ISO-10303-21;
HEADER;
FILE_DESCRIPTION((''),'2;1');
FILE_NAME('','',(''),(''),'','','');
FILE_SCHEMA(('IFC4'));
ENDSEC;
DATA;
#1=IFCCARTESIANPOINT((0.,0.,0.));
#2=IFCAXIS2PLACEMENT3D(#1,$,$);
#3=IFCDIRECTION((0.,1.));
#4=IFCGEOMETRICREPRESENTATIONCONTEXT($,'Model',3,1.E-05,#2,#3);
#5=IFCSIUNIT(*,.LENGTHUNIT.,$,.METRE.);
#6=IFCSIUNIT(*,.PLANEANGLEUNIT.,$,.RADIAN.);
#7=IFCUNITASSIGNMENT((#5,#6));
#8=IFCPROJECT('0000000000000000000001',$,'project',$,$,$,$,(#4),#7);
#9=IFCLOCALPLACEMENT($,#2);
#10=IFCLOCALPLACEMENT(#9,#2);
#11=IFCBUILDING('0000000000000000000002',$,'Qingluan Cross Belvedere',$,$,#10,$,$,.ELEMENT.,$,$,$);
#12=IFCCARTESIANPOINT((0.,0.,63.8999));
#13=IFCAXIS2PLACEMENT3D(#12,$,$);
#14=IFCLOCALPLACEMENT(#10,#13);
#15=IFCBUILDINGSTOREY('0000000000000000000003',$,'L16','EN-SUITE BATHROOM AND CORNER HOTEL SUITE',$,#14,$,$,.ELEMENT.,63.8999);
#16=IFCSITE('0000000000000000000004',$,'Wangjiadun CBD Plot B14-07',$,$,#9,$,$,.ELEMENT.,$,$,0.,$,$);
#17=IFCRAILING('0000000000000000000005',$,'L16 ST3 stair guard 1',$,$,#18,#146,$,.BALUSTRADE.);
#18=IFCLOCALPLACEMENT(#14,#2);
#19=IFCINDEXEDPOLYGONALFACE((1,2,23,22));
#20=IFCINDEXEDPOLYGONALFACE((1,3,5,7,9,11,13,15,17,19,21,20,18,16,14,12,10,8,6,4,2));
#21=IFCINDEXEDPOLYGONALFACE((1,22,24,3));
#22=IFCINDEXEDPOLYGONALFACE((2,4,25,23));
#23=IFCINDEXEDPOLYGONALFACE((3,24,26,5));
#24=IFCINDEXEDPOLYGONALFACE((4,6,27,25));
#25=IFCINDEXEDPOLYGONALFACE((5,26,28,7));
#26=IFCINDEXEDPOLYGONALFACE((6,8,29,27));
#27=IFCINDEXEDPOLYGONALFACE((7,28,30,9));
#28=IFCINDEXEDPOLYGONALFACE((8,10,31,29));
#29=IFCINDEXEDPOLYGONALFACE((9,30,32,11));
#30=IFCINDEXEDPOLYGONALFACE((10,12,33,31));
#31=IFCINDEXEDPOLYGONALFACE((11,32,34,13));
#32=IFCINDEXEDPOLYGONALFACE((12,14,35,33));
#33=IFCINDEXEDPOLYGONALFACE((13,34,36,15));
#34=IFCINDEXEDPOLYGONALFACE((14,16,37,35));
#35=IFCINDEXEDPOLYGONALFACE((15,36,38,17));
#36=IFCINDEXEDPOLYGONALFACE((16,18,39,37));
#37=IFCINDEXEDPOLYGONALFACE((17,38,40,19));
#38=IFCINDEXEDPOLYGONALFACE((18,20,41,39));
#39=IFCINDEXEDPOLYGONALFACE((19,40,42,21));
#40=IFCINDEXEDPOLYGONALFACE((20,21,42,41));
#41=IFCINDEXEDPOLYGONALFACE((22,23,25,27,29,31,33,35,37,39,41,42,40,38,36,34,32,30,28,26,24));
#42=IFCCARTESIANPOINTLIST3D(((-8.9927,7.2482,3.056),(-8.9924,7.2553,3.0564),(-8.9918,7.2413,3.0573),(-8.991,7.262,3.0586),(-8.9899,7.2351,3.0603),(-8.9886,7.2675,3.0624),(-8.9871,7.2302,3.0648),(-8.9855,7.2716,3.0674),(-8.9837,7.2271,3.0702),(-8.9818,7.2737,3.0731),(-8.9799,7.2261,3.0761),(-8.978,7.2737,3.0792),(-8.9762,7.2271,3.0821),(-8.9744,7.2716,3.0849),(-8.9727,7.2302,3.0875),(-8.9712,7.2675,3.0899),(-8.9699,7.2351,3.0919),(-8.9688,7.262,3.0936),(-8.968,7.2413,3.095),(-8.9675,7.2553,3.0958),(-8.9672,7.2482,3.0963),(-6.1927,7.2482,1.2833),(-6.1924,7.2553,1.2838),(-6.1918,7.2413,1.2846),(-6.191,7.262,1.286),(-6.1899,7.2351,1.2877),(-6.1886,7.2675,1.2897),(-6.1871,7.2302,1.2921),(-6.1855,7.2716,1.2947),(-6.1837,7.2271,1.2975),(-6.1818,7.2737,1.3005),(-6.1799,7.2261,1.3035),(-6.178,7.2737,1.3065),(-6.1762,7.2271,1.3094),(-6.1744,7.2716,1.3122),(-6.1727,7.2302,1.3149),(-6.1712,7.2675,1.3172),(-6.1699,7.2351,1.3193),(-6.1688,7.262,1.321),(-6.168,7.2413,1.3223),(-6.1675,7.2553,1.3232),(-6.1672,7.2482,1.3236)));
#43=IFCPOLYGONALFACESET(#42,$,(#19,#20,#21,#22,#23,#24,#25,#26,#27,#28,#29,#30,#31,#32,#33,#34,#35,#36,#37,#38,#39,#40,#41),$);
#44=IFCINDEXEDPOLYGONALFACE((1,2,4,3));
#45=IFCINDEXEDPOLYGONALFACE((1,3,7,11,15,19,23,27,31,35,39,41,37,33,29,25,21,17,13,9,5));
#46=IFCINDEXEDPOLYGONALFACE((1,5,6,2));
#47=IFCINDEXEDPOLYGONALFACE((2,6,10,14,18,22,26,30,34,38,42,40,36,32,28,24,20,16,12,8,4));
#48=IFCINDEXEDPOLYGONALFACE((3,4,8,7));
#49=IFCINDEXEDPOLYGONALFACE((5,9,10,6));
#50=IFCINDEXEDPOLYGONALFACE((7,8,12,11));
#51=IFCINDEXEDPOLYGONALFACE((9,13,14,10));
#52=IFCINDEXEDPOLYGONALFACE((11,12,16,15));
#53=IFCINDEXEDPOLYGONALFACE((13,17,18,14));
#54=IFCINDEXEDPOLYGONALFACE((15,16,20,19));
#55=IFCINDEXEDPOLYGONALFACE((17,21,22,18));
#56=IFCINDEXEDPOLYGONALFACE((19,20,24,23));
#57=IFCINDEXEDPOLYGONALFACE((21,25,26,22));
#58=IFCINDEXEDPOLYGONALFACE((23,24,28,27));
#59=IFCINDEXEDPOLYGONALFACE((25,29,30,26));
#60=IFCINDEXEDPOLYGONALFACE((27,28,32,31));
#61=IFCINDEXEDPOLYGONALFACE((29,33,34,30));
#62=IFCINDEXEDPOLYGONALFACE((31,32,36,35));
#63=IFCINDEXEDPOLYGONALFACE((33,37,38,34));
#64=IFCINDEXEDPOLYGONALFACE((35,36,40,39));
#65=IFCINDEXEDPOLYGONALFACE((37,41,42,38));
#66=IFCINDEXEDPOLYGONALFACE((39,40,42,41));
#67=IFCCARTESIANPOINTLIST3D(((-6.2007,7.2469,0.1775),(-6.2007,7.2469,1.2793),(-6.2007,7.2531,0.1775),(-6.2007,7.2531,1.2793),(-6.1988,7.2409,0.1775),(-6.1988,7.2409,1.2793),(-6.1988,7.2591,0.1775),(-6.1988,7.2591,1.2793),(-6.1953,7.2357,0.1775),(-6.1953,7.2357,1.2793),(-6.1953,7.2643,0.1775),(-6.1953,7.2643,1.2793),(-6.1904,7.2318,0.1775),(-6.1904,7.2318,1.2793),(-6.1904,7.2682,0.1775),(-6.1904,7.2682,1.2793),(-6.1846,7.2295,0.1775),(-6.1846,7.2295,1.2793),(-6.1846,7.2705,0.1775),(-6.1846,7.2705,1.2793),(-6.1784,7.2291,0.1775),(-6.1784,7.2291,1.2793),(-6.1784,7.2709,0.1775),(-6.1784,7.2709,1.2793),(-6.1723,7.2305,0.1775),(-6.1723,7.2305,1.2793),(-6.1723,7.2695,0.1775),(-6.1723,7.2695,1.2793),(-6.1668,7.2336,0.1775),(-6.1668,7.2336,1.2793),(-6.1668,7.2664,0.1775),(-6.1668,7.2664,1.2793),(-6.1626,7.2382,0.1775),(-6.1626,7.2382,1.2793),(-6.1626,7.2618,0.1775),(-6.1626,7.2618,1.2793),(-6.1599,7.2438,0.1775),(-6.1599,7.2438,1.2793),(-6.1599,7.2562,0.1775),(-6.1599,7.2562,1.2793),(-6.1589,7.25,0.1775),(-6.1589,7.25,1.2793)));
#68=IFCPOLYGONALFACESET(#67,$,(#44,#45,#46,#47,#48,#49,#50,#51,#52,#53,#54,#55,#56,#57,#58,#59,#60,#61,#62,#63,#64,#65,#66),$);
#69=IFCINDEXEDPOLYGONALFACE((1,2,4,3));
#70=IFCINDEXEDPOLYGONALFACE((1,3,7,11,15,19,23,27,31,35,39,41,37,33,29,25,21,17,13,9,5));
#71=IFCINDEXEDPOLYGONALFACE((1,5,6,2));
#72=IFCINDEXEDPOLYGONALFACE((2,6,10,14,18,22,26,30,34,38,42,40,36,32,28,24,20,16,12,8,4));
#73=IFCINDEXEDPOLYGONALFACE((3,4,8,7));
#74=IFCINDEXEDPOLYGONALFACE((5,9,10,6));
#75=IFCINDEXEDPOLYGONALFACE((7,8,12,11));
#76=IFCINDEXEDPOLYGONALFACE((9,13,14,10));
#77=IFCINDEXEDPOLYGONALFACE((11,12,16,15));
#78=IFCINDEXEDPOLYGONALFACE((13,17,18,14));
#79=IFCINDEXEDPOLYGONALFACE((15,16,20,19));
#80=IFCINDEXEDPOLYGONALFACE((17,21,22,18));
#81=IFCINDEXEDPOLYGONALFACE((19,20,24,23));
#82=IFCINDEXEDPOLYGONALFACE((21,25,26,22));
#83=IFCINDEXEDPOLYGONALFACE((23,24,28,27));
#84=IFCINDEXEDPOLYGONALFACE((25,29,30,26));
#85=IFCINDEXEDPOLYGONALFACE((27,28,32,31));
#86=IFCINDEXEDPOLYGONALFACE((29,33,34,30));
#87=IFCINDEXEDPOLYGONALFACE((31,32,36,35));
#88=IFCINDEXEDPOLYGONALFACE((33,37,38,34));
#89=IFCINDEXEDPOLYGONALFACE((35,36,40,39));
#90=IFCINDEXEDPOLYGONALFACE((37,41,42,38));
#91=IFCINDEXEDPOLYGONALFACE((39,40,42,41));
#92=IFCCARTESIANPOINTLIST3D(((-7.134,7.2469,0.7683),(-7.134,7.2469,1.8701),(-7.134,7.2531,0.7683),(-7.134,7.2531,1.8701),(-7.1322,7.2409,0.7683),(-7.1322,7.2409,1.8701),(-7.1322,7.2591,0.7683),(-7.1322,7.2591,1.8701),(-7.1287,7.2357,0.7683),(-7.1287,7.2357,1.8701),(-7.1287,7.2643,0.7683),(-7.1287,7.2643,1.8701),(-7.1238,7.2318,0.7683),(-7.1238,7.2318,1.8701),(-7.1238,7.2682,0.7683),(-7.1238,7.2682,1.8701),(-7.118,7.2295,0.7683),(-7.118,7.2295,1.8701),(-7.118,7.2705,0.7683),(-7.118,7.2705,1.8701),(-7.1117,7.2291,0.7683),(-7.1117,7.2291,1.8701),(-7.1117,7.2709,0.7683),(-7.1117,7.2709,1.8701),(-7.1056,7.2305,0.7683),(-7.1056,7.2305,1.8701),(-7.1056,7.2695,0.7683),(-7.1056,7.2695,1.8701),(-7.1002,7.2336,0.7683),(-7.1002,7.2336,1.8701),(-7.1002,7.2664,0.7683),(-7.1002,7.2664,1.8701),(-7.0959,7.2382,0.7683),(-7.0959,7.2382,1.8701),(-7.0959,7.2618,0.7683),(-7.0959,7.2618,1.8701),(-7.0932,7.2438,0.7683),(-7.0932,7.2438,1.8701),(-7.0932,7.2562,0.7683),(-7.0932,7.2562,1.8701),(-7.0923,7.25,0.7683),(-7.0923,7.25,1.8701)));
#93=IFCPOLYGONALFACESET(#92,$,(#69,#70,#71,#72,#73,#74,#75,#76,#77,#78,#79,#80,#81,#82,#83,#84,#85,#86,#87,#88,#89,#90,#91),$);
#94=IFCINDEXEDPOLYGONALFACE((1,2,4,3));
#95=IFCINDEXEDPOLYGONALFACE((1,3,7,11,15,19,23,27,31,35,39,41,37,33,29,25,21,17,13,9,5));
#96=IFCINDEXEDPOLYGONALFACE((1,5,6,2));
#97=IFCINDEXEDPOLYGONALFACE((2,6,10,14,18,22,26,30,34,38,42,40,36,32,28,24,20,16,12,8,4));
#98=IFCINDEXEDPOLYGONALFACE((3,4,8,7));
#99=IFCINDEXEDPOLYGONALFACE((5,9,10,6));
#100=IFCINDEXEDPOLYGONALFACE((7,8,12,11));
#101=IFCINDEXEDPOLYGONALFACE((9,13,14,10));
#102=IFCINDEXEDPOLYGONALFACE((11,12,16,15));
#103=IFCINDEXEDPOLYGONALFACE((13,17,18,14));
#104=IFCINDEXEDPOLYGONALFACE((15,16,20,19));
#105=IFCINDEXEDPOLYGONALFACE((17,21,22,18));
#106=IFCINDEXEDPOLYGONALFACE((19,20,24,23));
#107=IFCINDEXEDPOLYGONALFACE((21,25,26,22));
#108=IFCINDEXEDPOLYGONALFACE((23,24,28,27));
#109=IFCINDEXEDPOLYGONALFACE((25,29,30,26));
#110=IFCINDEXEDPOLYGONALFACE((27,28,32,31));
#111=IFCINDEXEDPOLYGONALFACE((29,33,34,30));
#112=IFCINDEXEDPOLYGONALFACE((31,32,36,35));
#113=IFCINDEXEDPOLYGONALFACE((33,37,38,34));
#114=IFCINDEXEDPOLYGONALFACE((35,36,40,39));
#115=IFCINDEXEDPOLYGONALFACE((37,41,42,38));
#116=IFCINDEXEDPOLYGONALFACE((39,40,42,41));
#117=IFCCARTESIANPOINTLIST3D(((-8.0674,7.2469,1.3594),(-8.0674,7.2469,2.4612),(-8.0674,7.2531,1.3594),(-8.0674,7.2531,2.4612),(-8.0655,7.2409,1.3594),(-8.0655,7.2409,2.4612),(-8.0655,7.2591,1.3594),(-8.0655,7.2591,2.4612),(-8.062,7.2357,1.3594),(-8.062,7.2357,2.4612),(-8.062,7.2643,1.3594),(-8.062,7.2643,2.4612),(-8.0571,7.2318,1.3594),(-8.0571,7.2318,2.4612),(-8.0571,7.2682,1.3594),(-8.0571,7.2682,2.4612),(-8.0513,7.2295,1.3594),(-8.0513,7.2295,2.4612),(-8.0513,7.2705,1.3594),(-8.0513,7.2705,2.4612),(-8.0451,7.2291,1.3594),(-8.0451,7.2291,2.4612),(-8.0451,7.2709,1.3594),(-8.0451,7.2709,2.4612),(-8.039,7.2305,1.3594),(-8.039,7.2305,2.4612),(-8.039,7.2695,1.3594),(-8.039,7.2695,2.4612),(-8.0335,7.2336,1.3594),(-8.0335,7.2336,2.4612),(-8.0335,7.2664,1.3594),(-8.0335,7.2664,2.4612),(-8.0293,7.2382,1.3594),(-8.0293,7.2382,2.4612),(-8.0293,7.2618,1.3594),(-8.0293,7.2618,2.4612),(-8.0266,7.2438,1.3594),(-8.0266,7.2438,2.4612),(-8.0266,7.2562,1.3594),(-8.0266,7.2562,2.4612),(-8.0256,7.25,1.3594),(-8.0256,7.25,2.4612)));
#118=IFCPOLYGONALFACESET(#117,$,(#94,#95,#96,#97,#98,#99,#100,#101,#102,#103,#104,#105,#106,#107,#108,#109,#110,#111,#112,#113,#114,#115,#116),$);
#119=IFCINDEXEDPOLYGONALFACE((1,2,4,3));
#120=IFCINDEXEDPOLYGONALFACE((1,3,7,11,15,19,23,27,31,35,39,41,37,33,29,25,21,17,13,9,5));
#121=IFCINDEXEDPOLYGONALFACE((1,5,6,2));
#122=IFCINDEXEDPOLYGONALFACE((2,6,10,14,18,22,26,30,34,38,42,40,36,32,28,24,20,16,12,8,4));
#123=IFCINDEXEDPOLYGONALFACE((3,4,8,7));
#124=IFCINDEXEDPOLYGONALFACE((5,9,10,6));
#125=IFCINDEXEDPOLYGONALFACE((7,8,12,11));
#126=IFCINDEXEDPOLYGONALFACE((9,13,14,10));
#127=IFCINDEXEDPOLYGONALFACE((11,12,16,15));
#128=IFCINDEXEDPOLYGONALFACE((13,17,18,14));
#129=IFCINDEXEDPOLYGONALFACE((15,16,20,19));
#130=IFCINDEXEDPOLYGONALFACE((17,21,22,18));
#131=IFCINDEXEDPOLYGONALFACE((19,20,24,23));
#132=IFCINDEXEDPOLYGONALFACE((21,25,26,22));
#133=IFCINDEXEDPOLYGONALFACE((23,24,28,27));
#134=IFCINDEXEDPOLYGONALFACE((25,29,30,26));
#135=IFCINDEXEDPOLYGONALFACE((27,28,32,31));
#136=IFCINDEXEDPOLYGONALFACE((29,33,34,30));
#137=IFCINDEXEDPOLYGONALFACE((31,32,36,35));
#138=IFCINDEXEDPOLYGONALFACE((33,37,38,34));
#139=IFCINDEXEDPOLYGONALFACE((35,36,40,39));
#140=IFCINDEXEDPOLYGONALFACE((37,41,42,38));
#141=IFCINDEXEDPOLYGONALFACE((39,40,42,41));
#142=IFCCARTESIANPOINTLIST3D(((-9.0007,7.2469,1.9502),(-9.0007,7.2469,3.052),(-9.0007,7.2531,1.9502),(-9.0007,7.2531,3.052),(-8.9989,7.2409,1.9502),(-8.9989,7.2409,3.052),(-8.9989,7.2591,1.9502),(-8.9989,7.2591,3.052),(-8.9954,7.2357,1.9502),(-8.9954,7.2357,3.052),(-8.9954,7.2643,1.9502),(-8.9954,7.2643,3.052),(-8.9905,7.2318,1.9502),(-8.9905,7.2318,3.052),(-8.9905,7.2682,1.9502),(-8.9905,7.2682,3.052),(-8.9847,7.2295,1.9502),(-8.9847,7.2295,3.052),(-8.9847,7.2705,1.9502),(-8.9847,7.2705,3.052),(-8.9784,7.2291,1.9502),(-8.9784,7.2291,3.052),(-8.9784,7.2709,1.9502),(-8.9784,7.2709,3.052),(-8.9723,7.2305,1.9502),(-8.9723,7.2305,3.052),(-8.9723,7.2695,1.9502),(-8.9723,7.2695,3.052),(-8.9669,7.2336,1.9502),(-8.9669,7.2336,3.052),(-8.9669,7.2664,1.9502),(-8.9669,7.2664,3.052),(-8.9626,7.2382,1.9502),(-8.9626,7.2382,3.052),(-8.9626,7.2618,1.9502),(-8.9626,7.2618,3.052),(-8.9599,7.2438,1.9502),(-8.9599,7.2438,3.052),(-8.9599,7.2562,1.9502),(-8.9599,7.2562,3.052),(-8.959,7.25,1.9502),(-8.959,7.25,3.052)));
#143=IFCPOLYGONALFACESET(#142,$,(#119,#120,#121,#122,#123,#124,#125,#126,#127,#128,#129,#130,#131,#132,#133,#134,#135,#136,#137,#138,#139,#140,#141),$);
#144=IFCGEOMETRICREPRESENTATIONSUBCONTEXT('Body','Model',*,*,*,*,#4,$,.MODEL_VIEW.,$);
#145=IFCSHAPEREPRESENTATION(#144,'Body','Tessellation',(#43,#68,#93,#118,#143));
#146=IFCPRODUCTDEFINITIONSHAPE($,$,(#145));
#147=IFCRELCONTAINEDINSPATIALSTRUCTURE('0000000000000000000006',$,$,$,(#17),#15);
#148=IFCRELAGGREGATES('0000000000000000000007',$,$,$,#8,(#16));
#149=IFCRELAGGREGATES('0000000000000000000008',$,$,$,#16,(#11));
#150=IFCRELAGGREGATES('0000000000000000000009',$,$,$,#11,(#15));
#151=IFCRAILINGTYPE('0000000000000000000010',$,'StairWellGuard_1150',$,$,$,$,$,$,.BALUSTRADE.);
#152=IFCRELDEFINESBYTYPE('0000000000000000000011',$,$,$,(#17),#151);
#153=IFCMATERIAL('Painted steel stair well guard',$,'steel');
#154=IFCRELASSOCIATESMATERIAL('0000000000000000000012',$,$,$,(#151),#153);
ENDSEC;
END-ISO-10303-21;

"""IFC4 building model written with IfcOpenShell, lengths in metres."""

from ifc_helpers import new_model, si_unit, direction, frame, origin, origin_2d, place, context, subcontext, project, spatial, circle, extrude, material, type_object, element, save


model = new_model("IFC4")

# Units and contexts
model_context = context("Model", 3, precision=1e-05, world=origin(), true_north=direction((0.0, 1.0)))
body_context = subcontext(model_context, "Body", "Model", "MODEL_VIEW")
ifc_project = project(units=[si_unit("LENGTHUNIT", "METRE"), si_unit("PLANEANGLEUNIT", "RADIAN")], contexts=[model_context])

# Site, building, storey
site_placement = place(None, origin())
site = spatial("IfcSite", under=ifc_project, at=site_placement, Name="Wangjiadun CBD Plot B14-07", CompositionType="ELEMENT", RefElevation=0.0)
building_placement = place(site_placement, origin())
building = spatial("IfcBuilding", under=site, at=building_placement, Name="Qingluan Cross Belvedere", CompositionType="ELEMENT")
storey_placement = place(building_placement, frame((0.0, 0.0, 63.8999)))
storey = spatial("IfcBuildingStorey", under=building, at=storey_placement, Name="L16", Description="EN-SUITE BATHROOM AND CORNER HOTEL SUITE", CompositionType="ELEMENT", Elevation=63.8999)

# Railing
ifc_material_1 = material(Name="Painted steel stair well guard", Category="steel")
railing_type_1 = type_object("IfcRailingType", Name="StairWellGuard_1150", PredefinedType="BALUSTRADE", material=ifc_material_1)
railing_1_placement = place(storey_placement, frame((-6.1799, 7.25, 0.1775)))
element("IfcRailing", 1, at=railing_1_placement, inside=storey, type_object=railing_type_1, Name="L16 ST3 stair guard 1", PredefinedType="BALUSTRADE", context=body_context, shape_type="SweptSolid", body=[
    extrude(circle(Radius=0.0239, at=origin_2d()), frame((0.0, 0.0, 1.126), z_axis=(-0.844909, 0.0, 0.53491), x_axis=(0.0, -1.0, 0.0)), (0.0, 0.0, 1.0), 3.314),
    extrude(circle(Radius=0.021, at=origin_2d()), origin(), (0.0, 0.0, 1.0), 1.1018),
    extrude(circle(Radius=0.021, at=origin_2d()), frame((-0.9333, 0.0, 0.5908)), (0.0, 0.0, 1.0), 1.1018),
    extrude(circle(Radius=0.021, at=origin_2d()), frame((-1.8667, 0.0, 1.1819)), (0.0, 0.0, 1.0), 1.1018),
    extrude(circle(Radius=0.021, at=origin_2d()), frame((-2.8, 0.0, 1.7727)), (0.0, 0.0, 1.0), 1.1018),
])

save(model, "model.ifc")
